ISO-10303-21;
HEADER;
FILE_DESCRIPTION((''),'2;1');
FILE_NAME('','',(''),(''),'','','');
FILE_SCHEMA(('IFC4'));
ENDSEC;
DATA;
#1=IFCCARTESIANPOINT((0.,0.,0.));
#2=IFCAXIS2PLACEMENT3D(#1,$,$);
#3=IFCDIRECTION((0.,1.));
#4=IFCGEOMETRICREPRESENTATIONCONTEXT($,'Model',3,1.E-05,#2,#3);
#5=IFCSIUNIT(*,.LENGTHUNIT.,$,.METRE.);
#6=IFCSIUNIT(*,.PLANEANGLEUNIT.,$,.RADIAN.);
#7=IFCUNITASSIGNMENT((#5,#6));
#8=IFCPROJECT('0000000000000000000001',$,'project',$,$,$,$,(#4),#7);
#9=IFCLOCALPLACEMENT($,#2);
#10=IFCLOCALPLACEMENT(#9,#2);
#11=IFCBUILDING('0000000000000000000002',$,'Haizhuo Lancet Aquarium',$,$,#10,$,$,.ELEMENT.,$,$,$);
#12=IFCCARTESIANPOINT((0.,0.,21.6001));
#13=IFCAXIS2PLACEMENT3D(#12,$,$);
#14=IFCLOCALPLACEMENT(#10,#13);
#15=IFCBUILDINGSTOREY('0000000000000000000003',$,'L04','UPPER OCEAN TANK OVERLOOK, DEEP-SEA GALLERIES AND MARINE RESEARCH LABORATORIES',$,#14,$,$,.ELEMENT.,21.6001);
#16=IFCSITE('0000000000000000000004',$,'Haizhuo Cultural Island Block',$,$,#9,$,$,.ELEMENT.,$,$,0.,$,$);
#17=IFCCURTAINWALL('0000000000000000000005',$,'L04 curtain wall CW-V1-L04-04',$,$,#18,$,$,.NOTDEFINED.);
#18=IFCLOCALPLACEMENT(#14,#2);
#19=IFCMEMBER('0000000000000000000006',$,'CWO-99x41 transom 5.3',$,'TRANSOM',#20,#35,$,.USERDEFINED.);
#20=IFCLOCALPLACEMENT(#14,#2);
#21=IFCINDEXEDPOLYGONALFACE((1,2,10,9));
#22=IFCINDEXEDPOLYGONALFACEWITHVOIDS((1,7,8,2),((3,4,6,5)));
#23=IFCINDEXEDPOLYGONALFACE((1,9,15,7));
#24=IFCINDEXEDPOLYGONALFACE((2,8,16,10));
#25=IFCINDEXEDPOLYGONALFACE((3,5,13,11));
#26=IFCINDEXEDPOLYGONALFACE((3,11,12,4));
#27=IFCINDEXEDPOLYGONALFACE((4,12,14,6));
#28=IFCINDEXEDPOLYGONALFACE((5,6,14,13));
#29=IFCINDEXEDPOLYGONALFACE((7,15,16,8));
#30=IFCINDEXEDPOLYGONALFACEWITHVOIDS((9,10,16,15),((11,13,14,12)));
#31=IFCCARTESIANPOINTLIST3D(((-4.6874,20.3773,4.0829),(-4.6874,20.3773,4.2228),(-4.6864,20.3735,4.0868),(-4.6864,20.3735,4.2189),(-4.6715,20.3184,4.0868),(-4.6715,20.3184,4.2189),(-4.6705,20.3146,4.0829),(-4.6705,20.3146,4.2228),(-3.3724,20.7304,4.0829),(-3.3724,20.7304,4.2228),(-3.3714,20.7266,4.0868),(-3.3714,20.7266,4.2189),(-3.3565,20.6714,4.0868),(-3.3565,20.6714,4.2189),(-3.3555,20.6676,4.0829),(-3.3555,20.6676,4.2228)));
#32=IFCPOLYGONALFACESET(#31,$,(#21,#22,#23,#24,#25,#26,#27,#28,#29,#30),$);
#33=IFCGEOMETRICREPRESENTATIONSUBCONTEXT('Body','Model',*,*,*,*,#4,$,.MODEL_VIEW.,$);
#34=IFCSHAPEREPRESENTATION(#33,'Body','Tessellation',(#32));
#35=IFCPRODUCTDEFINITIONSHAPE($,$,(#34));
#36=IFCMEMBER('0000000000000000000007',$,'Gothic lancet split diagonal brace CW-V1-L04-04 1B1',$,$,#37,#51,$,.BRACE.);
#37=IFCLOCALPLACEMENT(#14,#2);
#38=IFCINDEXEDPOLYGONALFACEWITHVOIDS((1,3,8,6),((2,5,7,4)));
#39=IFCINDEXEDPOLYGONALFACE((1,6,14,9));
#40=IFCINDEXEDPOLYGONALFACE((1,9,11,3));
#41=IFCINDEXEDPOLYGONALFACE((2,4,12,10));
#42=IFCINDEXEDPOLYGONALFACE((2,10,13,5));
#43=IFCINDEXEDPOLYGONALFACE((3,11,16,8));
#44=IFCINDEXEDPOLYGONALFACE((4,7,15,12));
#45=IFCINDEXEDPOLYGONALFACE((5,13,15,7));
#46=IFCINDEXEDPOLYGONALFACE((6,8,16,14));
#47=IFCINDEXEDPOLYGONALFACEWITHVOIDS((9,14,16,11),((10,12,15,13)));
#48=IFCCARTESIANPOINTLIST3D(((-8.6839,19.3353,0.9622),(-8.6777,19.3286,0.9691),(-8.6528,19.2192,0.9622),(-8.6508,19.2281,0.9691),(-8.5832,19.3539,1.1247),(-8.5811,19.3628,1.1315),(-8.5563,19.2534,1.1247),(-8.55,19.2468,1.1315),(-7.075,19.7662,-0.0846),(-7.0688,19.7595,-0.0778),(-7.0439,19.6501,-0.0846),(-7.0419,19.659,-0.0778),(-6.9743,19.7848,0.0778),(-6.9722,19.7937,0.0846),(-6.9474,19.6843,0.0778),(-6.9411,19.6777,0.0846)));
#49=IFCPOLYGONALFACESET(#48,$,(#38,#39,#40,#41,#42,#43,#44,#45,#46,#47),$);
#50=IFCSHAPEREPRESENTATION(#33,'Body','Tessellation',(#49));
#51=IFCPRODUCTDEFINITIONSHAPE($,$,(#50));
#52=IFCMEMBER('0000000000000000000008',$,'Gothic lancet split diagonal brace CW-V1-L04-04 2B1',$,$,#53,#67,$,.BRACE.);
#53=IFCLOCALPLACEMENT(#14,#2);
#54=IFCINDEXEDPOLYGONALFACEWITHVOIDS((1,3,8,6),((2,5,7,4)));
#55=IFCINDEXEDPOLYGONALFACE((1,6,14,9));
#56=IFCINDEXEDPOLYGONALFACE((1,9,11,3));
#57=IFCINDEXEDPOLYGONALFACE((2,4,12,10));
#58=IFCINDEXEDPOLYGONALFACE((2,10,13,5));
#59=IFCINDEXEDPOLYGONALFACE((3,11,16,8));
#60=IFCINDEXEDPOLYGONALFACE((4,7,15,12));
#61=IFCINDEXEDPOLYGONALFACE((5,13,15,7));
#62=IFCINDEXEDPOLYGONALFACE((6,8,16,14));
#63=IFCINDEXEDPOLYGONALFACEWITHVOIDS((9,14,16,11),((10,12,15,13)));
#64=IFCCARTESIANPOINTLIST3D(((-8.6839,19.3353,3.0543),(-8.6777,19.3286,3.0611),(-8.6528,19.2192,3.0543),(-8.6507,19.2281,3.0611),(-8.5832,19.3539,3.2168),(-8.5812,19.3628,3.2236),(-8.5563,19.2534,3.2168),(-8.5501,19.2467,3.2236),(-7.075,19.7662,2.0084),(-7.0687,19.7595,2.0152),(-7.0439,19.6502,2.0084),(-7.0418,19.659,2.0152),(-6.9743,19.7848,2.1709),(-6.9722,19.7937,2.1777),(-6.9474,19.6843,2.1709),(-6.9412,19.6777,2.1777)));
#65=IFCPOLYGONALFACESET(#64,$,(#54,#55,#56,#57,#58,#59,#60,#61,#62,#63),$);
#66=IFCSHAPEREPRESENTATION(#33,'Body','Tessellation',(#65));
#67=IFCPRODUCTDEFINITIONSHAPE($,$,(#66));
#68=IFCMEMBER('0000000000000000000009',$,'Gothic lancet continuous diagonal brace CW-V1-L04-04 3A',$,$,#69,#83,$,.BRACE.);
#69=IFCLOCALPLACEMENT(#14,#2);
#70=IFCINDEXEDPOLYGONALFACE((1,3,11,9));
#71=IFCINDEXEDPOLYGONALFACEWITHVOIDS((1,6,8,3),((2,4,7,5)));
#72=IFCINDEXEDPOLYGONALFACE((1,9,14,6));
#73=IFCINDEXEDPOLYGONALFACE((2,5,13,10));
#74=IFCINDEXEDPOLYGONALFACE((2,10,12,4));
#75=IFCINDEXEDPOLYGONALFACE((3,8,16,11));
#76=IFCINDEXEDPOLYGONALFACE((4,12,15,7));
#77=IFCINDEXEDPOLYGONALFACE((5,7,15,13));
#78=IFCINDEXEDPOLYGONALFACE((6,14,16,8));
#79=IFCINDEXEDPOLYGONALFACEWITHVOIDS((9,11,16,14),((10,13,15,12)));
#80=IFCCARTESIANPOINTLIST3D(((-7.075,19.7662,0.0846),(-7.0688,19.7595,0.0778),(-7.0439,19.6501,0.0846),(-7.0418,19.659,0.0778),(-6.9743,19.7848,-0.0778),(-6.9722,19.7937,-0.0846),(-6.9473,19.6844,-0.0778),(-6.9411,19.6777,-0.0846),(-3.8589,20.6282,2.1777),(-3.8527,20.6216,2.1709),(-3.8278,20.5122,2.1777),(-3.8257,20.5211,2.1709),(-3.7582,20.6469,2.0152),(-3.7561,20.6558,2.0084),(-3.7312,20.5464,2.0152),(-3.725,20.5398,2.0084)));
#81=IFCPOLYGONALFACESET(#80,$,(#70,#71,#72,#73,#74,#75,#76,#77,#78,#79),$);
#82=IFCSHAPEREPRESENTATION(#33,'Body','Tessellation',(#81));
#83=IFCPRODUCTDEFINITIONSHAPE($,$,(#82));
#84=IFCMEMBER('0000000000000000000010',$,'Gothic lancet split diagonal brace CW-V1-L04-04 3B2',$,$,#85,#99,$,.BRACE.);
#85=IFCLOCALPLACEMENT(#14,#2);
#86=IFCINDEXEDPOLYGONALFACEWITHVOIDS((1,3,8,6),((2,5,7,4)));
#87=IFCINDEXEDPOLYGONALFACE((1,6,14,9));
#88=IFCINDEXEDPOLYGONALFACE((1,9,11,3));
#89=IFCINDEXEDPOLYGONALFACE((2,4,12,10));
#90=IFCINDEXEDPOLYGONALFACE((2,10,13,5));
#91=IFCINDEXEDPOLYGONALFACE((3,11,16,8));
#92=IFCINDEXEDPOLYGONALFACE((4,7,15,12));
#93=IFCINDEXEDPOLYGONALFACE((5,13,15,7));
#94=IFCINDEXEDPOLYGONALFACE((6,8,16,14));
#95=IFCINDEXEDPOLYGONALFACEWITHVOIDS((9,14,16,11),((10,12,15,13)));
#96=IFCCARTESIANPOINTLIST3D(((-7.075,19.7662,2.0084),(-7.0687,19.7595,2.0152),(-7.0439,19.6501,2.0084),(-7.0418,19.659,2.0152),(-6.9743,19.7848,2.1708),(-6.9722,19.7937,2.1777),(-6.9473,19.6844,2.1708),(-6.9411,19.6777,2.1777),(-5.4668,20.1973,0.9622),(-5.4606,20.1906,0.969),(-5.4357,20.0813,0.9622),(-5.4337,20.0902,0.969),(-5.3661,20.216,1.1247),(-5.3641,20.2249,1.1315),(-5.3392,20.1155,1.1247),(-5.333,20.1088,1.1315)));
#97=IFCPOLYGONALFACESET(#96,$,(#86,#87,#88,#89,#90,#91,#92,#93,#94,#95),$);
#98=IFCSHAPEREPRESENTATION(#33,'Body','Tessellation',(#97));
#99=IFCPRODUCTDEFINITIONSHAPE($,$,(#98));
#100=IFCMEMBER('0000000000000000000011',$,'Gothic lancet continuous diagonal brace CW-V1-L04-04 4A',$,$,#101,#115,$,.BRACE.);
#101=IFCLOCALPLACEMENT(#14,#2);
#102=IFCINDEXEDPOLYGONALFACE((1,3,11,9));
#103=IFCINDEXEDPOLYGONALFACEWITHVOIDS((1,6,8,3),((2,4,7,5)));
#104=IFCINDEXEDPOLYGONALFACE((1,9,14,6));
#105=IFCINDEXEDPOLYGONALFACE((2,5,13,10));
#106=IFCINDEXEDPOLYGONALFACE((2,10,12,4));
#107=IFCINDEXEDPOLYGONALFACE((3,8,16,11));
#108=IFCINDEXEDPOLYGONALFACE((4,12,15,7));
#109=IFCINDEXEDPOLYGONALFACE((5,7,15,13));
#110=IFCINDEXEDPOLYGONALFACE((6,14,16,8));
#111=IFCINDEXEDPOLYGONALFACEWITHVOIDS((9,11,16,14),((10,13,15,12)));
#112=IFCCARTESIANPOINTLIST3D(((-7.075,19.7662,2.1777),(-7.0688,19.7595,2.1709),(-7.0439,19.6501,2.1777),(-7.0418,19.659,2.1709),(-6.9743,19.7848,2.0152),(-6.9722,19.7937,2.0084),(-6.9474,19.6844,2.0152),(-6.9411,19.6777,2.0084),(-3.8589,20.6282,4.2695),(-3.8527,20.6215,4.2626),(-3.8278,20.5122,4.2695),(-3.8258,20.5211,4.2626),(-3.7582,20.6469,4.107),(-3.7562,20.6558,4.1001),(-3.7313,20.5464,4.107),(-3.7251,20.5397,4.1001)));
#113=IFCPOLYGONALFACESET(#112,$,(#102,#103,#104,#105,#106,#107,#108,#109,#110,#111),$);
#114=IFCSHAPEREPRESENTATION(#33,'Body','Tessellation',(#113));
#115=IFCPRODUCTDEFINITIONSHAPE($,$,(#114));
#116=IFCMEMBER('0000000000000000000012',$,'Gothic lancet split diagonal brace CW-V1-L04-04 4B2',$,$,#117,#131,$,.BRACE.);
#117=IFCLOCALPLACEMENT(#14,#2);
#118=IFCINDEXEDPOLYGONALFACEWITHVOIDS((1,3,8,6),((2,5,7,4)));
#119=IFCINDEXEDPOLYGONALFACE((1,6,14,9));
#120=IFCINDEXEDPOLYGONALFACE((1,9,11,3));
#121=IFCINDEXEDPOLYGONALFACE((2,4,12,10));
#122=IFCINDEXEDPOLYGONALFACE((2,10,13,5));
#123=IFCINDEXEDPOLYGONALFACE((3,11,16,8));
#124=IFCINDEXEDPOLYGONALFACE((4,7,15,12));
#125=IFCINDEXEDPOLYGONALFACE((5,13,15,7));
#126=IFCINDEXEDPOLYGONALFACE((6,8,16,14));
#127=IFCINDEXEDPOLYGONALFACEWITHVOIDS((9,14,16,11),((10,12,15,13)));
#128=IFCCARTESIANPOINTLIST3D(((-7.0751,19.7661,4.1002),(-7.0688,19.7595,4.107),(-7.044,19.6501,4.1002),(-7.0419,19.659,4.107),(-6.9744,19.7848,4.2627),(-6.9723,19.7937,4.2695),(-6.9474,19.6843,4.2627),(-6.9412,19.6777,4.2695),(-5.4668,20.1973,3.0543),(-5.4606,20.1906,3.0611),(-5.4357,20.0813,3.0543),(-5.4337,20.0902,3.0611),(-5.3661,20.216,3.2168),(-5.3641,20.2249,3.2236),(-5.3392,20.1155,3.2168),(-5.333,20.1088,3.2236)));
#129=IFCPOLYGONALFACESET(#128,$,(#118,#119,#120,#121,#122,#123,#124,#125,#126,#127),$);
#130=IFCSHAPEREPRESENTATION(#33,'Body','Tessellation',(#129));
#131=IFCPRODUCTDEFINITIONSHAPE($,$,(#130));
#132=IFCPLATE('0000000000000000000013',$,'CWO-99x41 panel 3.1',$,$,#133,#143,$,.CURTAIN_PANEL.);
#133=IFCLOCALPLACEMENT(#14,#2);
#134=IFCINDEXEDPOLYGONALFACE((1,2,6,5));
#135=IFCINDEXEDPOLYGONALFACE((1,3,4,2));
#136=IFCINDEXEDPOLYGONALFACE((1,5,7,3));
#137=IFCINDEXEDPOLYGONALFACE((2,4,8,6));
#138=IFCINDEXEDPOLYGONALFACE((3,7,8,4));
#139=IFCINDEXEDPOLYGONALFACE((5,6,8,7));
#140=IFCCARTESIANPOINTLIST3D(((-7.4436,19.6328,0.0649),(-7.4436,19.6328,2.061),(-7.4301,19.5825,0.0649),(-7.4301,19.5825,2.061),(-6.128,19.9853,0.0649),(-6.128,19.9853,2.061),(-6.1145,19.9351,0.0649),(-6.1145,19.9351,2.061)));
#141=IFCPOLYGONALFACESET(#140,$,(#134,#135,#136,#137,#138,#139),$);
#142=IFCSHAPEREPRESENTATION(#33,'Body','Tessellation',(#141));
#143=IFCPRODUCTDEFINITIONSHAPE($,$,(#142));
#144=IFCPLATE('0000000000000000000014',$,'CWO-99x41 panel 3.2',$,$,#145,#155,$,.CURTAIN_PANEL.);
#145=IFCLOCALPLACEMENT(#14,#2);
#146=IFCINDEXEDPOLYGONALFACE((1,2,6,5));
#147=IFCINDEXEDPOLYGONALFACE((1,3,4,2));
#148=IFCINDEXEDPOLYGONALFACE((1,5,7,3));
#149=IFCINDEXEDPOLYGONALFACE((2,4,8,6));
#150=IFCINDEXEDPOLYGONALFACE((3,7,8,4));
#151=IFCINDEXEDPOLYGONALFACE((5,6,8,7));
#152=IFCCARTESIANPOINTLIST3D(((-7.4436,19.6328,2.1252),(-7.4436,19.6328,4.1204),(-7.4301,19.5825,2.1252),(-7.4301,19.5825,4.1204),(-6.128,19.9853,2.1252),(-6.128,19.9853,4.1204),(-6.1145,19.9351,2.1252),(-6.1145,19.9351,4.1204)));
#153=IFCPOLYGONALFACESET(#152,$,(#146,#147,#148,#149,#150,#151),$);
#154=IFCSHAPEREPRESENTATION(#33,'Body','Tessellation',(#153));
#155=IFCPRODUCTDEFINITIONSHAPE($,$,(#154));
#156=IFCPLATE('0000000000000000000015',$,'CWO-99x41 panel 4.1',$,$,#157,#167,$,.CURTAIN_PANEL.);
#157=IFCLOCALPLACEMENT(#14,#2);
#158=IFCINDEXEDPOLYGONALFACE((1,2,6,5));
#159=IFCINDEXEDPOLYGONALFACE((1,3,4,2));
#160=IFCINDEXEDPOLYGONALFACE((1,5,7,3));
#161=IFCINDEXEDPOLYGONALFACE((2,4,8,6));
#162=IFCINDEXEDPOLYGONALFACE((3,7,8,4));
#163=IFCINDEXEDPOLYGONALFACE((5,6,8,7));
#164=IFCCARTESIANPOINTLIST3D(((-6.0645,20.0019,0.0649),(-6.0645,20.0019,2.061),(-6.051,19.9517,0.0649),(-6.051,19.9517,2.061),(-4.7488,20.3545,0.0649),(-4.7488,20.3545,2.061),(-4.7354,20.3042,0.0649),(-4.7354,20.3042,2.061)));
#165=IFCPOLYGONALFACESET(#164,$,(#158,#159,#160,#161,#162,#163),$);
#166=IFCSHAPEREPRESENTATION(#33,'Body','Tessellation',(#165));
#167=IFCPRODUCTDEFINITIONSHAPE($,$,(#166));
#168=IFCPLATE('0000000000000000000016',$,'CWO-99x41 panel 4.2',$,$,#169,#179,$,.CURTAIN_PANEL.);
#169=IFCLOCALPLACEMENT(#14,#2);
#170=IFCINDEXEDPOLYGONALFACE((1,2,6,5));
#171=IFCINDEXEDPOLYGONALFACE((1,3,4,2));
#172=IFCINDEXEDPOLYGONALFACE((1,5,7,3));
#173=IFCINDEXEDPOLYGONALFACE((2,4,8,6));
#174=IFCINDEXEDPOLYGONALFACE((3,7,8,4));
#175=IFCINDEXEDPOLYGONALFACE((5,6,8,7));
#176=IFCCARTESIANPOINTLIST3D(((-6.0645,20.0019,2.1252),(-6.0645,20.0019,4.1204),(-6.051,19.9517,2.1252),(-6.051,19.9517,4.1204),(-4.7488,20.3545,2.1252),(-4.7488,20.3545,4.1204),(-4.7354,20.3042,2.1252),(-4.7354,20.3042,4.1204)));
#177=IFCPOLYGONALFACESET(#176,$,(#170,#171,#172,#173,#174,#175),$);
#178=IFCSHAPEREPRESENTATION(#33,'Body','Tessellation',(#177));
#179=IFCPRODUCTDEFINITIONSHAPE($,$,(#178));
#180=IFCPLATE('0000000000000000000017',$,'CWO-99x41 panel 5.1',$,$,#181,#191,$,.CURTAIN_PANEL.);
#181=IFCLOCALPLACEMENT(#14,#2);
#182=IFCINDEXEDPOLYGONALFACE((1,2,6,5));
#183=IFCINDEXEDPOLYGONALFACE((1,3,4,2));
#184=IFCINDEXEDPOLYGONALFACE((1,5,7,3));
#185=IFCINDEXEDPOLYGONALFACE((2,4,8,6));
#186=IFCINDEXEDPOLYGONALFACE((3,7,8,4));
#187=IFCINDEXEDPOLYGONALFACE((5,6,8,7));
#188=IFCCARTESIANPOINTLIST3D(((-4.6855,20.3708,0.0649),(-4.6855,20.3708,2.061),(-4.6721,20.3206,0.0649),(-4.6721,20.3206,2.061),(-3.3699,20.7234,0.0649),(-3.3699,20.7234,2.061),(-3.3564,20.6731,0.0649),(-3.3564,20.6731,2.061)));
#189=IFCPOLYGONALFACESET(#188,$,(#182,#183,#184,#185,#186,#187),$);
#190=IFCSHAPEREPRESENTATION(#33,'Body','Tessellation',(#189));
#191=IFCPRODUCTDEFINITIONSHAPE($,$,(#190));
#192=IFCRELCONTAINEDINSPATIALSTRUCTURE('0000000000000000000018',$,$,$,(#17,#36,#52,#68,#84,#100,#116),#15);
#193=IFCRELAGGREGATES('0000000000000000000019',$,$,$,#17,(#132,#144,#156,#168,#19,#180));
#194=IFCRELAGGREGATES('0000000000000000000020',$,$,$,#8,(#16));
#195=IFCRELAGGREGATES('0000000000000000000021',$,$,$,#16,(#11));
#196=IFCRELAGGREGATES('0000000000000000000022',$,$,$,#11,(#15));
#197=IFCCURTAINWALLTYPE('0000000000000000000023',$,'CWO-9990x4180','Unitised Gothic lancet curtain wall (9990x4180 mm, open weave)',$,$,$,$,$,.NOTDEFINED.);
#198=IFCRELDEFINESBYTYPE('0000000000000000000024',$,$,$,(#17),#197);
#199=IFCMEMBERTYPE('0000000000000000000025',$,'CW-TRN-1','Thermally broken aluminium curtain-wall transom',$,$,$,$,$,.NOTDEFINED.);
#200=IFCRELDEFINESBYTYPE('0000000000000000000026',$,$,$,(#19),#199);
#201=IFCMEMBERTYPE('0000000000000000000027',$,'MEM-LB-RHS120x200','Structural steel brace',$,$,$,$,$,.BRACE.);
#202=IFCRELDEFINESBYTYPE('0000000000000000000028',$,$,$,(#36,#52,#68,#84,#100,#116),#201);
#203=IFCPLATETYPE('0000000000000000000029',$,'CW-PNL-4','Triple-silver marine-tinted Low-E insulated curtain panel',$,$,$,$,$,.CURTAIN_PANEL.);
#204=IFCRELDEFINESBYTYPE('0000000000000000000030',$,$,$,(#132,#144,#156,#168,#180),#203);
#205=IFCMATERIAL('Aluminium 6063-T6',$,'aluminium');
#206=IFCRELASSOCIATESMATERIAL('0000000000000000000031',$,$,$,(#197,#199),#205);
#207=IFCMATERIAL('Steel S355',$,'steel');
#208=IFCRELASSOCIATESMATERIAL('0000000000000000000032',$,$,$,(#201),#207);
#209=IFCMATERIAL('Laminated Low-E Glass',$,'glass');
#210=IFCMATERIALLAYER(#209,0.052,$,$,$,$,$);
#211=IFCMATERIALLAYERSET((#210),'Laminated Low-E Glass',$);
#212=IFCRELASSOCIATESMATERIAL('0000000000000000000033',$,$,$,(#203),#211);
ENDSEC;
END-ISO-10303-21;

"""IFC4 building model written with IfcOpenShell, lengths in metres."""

from ifc_helpers import new_model, si_unit, direction, frame, origin, origin_2d, place, context, subcontext, project, spatial, rectangle, hollow_rectangle, extrude, material, layer, layer_set, material_profile, profile_set, type_object, element, aggregate, save


model = new_model("IFC4")

# Units and contexts
model_context = context("Model", 3, precision=1e-05, world=origin(), true_north=direction((0.0, 1.0)))
body_context = subcontext(model_context, "Body", "Model", "MODEL_VIEW")
ifc_project = project(units=[si_unit("LENGTHUNIT", "METRE"), si_unit("PLANEANGLEUNIT", "RADIAN")], contexts=[model_context])

# Site, building, storey
site_placement = place(None, origin())
site = spatial("IfcSite", under=ifc_project, at=site_placement, Name="Haizhuo Cultural Island Block", CompositionType="ELEMENT", RefElevation=0.0)
building_placement = place(site_placement, origin())
building = spatial("IfcBuilding", under=site, at=building_placement, Name="Haizhuo Lancet Aquarium", CompositionType="ELEMENT")
storey_placement = place(building_placement, frame((0.0, 0.0, 21.6001)))
storey = spatial("IfcBuildingStorey", under=building, at=storey_placement, Name="L04", Description="UPPER OCEAN TANK OVERLOOK, DEEP-SEA GALLERIES AND MARINE RESEARCH LABORATORIES", CompositionType="ELEMENT", Elevation=21.6001)

# Curtain wall, member
ifc_material_1 = material(Name="Aluminium 6063-T6", Category="aluminium")
curtain_wall_type = type_object("IfcCurtainWallType", Name="CWO-9990x4180", Description="Unitised Gothic lancet curtain wall (9990x4180 mm, open weave)", PredefinedType="NOTDEFINED", material=ifc_material_1)
curtain_wall_placement = place(storey_placement, origin())
curtain_wall = element("IfcCurtainWall", 1, at=curtain_wall_placement, inside=storey, type_object=curtain_wall_type, Name="L04 curtain wall CW-V1-L04-04", PredefinedType="NOTDEFINED")
ifc_material_profile_1 = material_profile(ifc_material_1, hollow_rectangle(XDim=0.0649, YDim=0.1399, WallThickness=0.0039, at=origin_2d()), Name="ALU-T 65x140x4")
ifc_profile_set_1 = profile_set([ifc_material_profile_1], Name="Aluminium 6063-T6")
member_type_1 = type_object("IfcMemberType", Name="CW-TRN-1", Description="Thermally broken aluminium curtain-wall transom", PredefinedType="NOTDEFINED", material=ifc_profile_set_1)
member_1_placement = place(storey_placement, frame((-4.679, 20.3459, 4.1528), z_axis=(0.965799, 0.259292, 0.0), x_axis=(-0.259292, 0.965799, 0.0)))
member_1 = element("IfcMember", 2, at=member_1_placement, type_object=member_type_1, Name="CWO-99x41 transom 5.3", ObjectType="TRANSOM", PredefinedType="USERDEFINED", context=body_context, shape_type="SweptSolid", body=[
    extrude(hollow_rectangle(XDim=0.0649, YDim=0.1399, WallThickness=0.0039, at=origin_2d()), origin(), (0.0, 0.0, 1.0), 1.3616),
])

# Members
ifc_material_2 = material(Name="Steel S355", Category="steel")
ifc_material_profile_2 = material_profile(ifc_material_2, hollow_rectangle(XDim=0.1201, YDim=0.2, WallThickness=0.0081, at=origin_2d()), Name="RHS 120x200x8")
ifc_profile_set_2 = profile_set([ifc_material_profile_2], Name="Steel S355")
member_type_2 = type_object("IfcMemberType", Name="MEM-LB-RHS120x200", Description="Structural steel brace", PredefinedType="BRACE", material=ifc_profile_set_2)
member_2_placement = place(storey_placement, frame((-7.0081, 19.7219, 0.0), z_axis=(-0.817828, -0.219039, 0.532146), x_axis=(0.258712, -0.965955, 0.0)))
element("IfcMember", 3, at=member_2_placement, inside=storey, type_object=member_type_2, Name="Gothic lancet split diagonal brace CW-V1-L04-04 1B1", PredefinedType="BRACE", context=body_context, shape_type="SweptSolid", body=[
    extrude(hollow_rectangle(XDim=0.1201, YDim=0.2, WallThickness=0.0081, at=origin_2d()), origin(), (0.0, 0.0, 1.0), 1.9673),
])
member_3_placement = place(storey_placement, frame((-7.0081, 19.7219, 2.093), z_axis=(-0.818044, -0.219097, 0.53179), x_axis=(0.258712, -0.965955, 0.0)))
element("IfcMember", 4, at=member_3_placement, inside=storey, type_object=member_type_2, Name="Gothic lancet split diagonal brace CW-V1-L04-04 2B1", PredefinedType="BRACE", context=body_context, shape_type="SweptSolid", body=[
    extrude(hollow_rectangle(XDim=0.1201, YDim=0.2, WallThickness=0.0081, at=origin_2d()), origin(), (0.0, 0.0, 1.0), 1.9668),
])
member_4_placement = place(storey_placement, frame((-7.0081, 19.7219, 0.0), z_axis=(0.817754, 0.219197, 0.532195), x_axis=(-0.258908, 0.965902, 0.0)))
element("IfcMember", 5, at=member_4_placement, inside=storey, type_object=member_type_2, Name="Gothic lancet continuous diagonal brace CW-V1-L04-04 3A", PredefinedType="BRACE", context=body_context, shape_type="SweptSolid", body=[
    extrude(hollow_rectangle(XDim=0.1201, YDim=0.2, WallThickness=0.0081, at=origin_2d()), origin(), (0.0, 0.0, 1.0), 3.9329),
])
member_5_placement = place(storey_placement, frame((-5.3999, 20.1531, 1.0469), z_axis=(-0.817844, -0.219267, 0.532027), x_axis=(0.258958, -0.965888, 0.0)))
element("IfcMember", 6, at=member_5_placement, inside=storey, type_object=member_type_2, Name="Gothic lancet split diagonal brace CW-V1-L04-04 3B2", PredefinedType="BRACE", context=body_context, shape_type="SweptSolid", body=[
    extrude(hollow_rectangle(XDim=0.1201, YDim=0.2, WallThickness=0.0081, at=origin_2d()), origin(), (0.0, 0.0, 1.0), 1.9663),
])
member_6_placement = place(storey_placement, frame((-7.0081, 19.7219, 2.093), z_axis=(0.817889, 0.219234, 0.531972), x_axis=(-0.258908, 0.965902, 0.0)))
element("IfcMember", 7, at=member_6_placement, inside=storey, type_object=member_type_2, Name="Gothic lancet continuous diagonal brace CW-V1-L04-04 4A", PredefinedType="BRACE", context=body_context, shape_type="SweptSolid", body=[
    extrude(hollow_rectangle(XDim=0.1201, YDim=0.2, WallThickness=0.0081, at=origin_2d()), origin(), (0.0, 0.0, 1.0), 3.9321),
])
member_7_placement = place(storey_placement, frame((-5.3999, 20.1531, 3.1389), z_axis=(-0.817898, -0.219282, 0.531938), x_axis=(0.258958, -0.965888, 0.0)))
element("IfcMember", 8, at=member_7_placement, inside=storey, type_object=member_type_2, Name="Gothic lancet split diagonal brace CW-V1-L04-04 4B2", PredefinedType="BRACE", context=body_context, shape_type="SweptSolid", body=[
    extrude(hollow_rectangle(XDim=0.1201, YDim=0.2, WallThickness=0.0081, at=origin_2d()), origin(), (0.0, 0.0, 1.0), 1.9663),
])

# Plates
ifc_material_3 = material(Name="Laminated Low-E Glass", Category="glass")
ifc_layer = layer(ifc_material_3, 0.052)
ifc_layer_set = layer_set([ifc_layer], Name="Laminated Low-E Glass")
plate_type = type_object("IfcPlateType", Name="CW-PNL-4", Description="Triple-silver marine-tinted Low-E insulated curtain panel", PredefinedType="CURTAIN_PANEL", material=ifc_layer_set)
plate_1_placement = place(storey_placement, frame((-6.7791, 19.7839, 0.0649), z_axis=(0.0, 0.0, 1.0), x_axis=(0.965917, 0.258853, 0.0)))
plate_1 = element("IfcPlate", 9, at=plate_1_placement, type_object=plate_type, Name="CWO-99x41 panel 3.1", PredefinedType="CURTAIN_PANEL", context=body_context, shape_type="SweptSolid", body=[
    extrude(rectangle(XDim=1.3621, YDim=0.052, at=origin_2d()), origin(), (0.0, 0.0, 1.0), 1.9961),
])
plate_2_placement = place(storey_placement, frame((-6.7791, 19.7839, 2.1252), z_axis=(0.0, 0.0, 1.0), x_axis=(0.965917, 0.258853, 0.0)))
plate_2 = element("IfcPlate", 10, at=plate_2_placement, type_object=plate_type, Name="CWO-99x41 panel 3.2", PredefinedType="CURTAIN_PANEL", context=body_context, shape_type="SweptSolid", body=[
    extrude(rectangle(XDim=1.3621, YDim=0.052, at=origin_2d()), origin(), (0.0, 0.0, 1.0), 1.9951),
])
plate_3_placement = place(storey_placement, frame((-5.3999, 20.1531, 0.0649), z_axis=(0.0, 0.0, 1.0), x_axis=(0.965917, 0.258853, 0.0)))
plate_3 = element("IfcPlate", 11, at=plate_3_placement, type_object=plate_type, Name="CWO-99x41 panel 4.1", PredefinedType="CURTAIN_PANEL", context=body_context, shape_type="SweptSolid", body=[
    extrude(rectangle(XDim=1.3621, YDim=0.052, at=origin_2d()), origin(), (0.0, 0.0, 1.0), 1.9961),
])
plate_4_placement = place(storey_placement, frame((-5.3999, 20.1531, 2.1252), z_axis=(0.0, 0.0, 1.0), x_axis=(0.965917, 0.258853, 0.0)))
plate_4 = element("IfcPlate", 12, at=plate_4_placement, type_object=plate_type, Name="CWO-99x41 panel 4.2", PredefinedType="CURTAIN_PANEL", context=body_context, shape_type="SweptSolid", body=[
    extrude(rectangle(XDim=1.3621, YDim=0.052, at=origin_2d()), origin(), (0.0, 0.0, 1.0), 1.9951),
])
plate_5_placement = place(storey_placement, frame((-4.021, 20.522, 0.0649), z_axis=(0.0, 0.0, 1.0), x_axis=(0.965917, 0.258853, 0.0)))
plate_5 = element("IfcPlate", 13, at=plate_5_placement, type_object=plate_type, Name="CWO-99x41 panel 5.1", PredefinedType="CURTAIN_PANEL", context=body_context, shape_type="SweptSolid", body=[
    extrude(rectangle(XDim=1.3621, YDim=0.052, at=origin_2d()), origin(), (0.0, 0.0, 1.0), 1.9961),
])
aggregate(curtain_wall, [plate_1, plate_2, plate_3, plate_4, member_1, plate_5])

save(model, "model.ifc")
